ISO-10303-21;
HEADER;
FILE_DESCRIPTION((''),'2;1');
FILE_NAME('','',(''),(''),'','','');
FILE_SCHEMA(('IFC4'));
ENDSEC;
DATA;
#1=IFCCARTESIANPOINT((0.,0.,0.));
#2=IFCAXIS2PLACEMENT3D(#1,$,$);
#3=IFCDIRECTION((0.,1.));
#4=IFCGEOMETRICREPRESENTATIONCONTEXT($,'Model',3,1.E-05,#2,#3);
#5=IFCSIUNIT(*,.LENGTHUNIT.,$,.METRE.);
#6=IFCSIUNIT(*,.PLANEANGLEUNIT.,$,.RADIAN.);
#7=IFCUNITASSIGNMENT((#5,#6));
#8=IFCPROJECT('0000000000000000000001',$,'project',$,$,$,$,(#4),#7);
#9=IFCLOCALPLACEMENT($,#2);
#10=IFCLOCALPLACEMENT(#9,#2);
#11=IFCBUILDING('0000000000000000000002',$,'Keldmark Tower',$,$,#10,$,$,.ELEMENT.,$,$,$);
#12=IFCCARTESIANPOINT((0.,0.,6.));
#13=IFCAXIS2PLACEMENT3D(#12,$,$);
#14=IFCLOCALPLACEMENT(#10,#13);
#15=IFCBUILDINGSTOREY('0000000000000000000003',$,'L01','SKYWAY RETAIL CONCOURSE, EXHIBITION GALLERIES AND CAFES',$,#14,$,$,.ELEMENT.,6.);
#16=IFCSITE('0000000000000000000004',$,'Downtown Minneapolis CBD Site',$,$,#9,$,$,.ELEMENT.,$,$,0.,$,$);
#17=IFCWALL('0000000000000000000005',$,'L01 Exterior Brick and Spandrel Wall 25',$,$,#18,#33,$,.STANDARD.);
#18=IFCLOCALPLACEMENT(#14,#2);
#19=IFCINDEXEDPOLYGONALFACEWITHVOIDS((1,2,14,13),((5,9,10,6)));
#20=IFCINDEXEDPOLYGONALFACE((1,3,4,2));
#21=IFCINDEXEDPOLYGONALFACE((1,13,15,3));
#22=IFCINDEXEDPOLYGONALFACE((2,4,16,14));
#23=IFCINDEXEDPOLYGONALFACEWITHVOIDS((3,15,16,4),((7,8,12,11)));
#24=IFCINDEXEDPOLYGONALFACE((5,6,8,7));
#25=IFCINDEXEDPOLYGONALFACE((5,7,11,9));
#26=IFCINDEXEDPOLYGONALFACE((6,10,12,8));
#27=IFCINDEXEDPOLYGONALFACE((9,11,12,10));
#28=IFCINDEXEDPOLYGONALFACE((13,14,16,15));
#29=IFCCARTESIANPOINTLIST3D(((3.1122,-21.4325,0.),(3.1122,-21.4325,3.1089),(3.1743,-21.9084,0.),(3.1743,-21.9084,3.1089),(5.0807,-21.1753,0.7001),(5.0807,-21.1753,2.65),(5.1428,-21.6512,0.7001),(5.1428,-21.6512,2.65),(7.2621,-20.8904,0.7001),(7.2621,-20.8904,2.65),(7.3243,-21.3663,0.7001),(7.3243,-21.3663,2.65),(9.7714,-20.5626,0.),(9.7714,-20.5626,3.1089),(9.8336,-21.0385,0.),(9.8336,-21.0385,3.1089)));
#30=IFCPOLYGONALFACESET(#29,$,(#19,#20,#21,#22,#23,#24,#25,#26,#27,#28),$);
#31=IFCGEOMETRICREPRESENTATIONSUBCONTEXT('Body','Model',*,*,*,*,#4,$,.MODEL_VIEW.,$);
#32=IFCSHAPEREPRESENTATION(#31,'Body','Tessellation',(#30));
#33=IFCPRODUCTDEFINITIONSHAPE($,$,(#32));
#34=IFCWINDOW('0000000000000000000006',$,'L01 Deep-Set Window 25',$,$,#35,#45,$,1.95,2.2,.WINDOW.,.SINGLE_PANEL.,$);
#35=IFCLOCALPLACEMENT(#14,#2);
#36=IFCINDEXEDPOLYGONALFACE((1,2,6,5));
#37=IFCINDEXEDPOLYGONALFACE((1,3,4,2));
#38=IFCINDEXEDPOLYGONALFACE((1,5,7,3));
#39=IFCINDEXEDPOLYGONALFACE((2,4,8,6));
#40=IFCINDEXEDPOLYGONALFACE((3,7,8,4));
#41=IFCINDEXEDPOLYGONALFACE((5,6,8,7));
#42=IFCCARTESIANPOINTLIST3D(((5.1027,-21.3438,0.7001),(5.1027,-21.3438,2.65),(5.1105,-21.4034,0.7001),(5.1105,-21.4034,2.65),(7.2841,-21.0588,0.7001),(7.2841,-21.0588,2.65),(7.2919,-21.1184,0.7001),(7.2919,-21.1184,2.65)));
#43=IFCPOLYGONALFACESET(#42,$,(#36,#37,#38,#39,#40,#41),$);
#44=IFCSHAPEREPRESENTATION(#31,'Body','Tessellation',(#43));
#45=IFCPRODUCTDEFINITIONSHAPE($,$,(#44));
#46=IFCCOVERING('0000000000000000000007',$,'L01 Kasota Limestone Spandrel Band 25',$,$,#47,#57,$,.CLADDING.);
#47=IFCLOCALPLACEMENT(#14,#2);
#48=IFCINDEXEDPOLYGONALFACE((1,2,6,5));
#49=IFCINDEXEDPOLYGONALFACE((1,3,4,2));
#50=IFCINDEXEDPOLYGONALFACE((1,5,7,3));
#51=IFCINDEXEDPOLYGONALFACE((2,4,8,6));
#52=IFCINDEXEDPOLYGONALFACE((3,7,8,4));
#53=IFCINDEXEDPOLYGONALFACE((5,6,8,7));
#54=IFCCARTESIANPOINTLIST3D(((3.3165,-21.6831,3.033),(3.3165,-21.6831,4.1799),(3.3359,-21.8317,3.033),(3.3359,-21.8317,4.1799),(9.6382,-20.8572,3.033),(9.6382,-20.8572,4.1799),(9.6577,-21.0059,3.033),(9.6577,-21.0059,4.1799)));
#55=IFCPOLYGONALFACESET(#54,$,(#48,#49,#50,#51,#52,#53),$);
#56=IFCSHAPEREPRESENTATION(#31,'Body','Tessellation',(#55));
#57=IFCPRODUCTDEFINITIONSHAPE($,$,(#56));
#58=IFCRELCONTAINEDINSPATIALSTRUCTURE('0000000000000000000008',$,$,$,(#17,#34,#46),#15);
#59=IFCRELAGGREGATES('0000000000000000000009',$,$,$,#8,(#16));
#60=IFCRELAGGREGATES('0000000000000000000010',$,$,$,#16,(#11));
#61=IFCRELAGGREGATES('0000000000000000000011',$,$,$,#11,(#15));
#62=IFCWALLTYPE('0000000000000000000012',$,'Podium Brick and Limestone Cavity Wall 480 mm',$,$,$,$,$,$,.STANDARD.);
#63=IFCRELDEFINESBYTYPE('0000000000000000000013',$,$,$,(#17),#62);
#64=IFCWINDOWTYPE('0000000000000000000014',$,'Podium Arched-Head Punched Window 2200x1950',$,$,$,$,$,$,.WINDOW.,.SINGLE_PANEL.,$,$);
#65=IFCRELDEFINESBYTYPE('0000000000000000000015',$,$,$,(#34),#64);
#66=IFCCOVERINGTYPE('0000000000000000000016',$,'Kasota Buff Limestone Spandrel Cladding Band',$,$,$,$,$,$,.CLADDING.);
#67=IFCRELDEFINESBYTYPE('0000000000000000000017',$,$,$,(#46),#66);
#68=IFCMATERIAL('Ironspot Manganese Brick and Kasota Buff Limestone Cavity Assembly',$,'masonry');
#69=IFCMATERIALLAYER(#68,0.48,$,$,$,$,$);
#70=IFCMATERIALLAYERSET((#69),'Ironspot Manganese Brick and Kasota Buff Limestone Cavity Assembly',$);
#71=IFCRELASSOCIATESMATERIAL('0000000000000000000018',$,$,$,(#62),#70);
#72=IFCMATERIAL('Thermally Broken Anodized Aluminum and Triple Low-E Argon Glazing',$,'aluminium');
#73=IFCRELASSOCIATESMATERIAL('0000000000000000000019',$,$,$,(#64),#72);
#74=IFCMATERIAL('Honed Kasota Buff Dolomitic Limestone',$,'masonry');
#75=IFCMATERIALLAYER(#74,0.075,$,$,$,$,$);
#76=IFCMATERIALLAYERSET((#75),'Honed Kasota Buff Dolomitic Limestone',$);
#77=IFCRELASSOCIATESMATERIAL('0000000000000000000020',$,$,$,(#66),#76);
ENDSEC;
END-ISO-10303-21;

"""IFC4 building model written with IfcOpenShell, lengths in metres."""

from ifc_helpers import new_model, si_unit, direction, frame, frame_2d, origin, origin_2d, place, context, subcontext, project, spatial, rectangle, extrude, material, layer, layer_set, type_object, element, fill, save


model = new_model("IFC4")

# Units and contexts
model_context = context("Model", 3, precision=1e-05, world=origin(), true_north=direction((0.0, 1.0)))
body_context = subcontext(model_context, "Body", "Model", "MODEL_VIEW")
ifc_project = project(units=[si_unit("LENGTHUNIT", "METRE"), si_unit("PLANEANGLEUNIT", "RADIAN")], contexts=[model_context])

# Site, building, storey
site_placement = place(None, origin())
site = spatial("IfcSite", under=ifc_project, at=site_placement, Name="Downtown Minneapolis CBD Site", CompositionType="ELEMENT", RefElevation=0.0)
building_placement = place(site_placement, origin())
building = spatial("IfcBuilding", under=site, at=building_placement, Name="Keldmark Tower", CompositionType="ELEMENT")
storey_placement = place(building_placement, frame((0.0, 0.0, 6.0)))
storey = spatial("IfcBuildingStorey", under=building, at=storey_placement, Name="L01", Description="SKYWAY RETAIL CONCOURSE, EXHIBITION GALLERIES AND CAFES", CompositionType="ELEMENT", Elevation=6.0)

# Wall, opening, window
ifc_material_1 = material(Name="Ironspot Manganese Brick and Kasota Buff Limestone Cavity Assembly", Category="masonry")
ifc_layer_1 = layer(ifc_material_1, 0.48)
ifc_layer_set_1 = layer_set([ifc_layer_1], Name="Ironspot Manganese Brick and Kasota Buff Limestone Cavity Assembly")
wall_type_1 = type_object("IfcWallType", Name="Podium Brick and Limestone Cavity Wall 480 mm", PredefinedType="STANDARD", material=ifc_layer_set_1)
wall_1_placement = place(storey_placement, frame((9.8025, -20.8005, 0.0), z_axis=(0.0, 0.0, 1.0), x_axis=(-0.991576, -0.129527, 0.0)))
wall_1 = element("IfcWall", 1, at=wall_1_placement, inside=storey, type_object=wall_type_1, Name="L01 Exterior Brick and Spandrel Wall 25", PredefinedType="STANDARD", context=body_context, shape_type="SweptSolid", body=[
    extrude(rectangle(XDim=6.7158, YDim=0.48, at=frame_2d((3.3579, 0.0))), origin(), (0.0, 0.0, 1.0), 3.1089),
])
opening_placement = place(wall_1_placement, frame((2.5305, 0.0, 0.7)))
opening = element("IfcOpeningElement", 2, at=opening_placement, cuts=wall_1, PredefinedType="OPENING", context=body_context, shape_type="SweptSolid", body=[
    extrude(rectangle(XDim=2.2, YDim=1.95, at=frame_2d((1.1001, 0.9751))), frame((0.0, 0.25, 0.0), z_axis=(0.0, -1.0, 0.0), x_axis=(1.0, 0.0, 0.0)), (0.0, 0.0, 1.0), 0.5),
])
ifc_material_2 = material(Name="Thermally Broken Anodized Aluminum and Triple Low-E Argon Glazing", Category="aluminium")
window_type = type_object("IfcWindowType", Name="Podium Arched-Head Punched Window 2200x1950", PartitioningType="SINGLE_PANEL", PredefinedType="WINDOW", material=ifc_material_2)
window_placement = place(opening_placement, origin())
window = element("IfcWindow", 3, at=window_placement, inside=storey, type_object=window_type, Name="L01 Deep-Set Window 25", OverallHeight=1.95, OverallWidth=2.2, PartitioningType="SINGLE_PANEL", PredefinedType="WINDOW", context=body_context, shape_type="SweptSolid", body=[
    extrude(rectangle(XDim=2.2, YDim=1.95, at=frame_2d((1.1001, 0.9751))), frame((0.0, -0.01, 0.0), z_axis=(0.0, -1.0, 0.0), x_axis=(1.0, 0.0, 0.0)), (0.0, 0.0, 1.0), 0.0601),
])
fill(opening, window)

# Covering
ifc_material_3 = material(Name="Honed Kasota Buff Dolomitic Limestone", Category="masonry")
ifc_layer_2 = layer(ifc_material_3, 0.075)
ifc_layer_set_2 = layer_set([ifc_layer_2], Name="Honed Kasota Buff Dolomitic Limestone")
covering_type = type_object("IfcCoveringType", Name="Kasota Buff Limestone Spandrel Cladding Band", PredefinedType="CLADDING", material=ifc_layer_set_2)
covering_placement = place(storey_placement, frame((6.4871, -21.3445, 3.033), z_axis=(0.0, 0.0, 1.0), x_axis=(0.991574, 0.12954, 0.0)))
element("IfcCovering", 4, at=covering_placement, inside=storey, type_object=covering_type, Name="L01 Kasota Limestone Spandrel Band 25", PredefinedType="CLADDING", context=body_context, shape_type="SweptSolid", body=[
    extrude(rectangle(XDim=6.3755, YDim=0.1499, at=origin_2d()), origin(), (0.0, 0.0, 1.0), 1.147),
])

save(model, "model.ifc")
